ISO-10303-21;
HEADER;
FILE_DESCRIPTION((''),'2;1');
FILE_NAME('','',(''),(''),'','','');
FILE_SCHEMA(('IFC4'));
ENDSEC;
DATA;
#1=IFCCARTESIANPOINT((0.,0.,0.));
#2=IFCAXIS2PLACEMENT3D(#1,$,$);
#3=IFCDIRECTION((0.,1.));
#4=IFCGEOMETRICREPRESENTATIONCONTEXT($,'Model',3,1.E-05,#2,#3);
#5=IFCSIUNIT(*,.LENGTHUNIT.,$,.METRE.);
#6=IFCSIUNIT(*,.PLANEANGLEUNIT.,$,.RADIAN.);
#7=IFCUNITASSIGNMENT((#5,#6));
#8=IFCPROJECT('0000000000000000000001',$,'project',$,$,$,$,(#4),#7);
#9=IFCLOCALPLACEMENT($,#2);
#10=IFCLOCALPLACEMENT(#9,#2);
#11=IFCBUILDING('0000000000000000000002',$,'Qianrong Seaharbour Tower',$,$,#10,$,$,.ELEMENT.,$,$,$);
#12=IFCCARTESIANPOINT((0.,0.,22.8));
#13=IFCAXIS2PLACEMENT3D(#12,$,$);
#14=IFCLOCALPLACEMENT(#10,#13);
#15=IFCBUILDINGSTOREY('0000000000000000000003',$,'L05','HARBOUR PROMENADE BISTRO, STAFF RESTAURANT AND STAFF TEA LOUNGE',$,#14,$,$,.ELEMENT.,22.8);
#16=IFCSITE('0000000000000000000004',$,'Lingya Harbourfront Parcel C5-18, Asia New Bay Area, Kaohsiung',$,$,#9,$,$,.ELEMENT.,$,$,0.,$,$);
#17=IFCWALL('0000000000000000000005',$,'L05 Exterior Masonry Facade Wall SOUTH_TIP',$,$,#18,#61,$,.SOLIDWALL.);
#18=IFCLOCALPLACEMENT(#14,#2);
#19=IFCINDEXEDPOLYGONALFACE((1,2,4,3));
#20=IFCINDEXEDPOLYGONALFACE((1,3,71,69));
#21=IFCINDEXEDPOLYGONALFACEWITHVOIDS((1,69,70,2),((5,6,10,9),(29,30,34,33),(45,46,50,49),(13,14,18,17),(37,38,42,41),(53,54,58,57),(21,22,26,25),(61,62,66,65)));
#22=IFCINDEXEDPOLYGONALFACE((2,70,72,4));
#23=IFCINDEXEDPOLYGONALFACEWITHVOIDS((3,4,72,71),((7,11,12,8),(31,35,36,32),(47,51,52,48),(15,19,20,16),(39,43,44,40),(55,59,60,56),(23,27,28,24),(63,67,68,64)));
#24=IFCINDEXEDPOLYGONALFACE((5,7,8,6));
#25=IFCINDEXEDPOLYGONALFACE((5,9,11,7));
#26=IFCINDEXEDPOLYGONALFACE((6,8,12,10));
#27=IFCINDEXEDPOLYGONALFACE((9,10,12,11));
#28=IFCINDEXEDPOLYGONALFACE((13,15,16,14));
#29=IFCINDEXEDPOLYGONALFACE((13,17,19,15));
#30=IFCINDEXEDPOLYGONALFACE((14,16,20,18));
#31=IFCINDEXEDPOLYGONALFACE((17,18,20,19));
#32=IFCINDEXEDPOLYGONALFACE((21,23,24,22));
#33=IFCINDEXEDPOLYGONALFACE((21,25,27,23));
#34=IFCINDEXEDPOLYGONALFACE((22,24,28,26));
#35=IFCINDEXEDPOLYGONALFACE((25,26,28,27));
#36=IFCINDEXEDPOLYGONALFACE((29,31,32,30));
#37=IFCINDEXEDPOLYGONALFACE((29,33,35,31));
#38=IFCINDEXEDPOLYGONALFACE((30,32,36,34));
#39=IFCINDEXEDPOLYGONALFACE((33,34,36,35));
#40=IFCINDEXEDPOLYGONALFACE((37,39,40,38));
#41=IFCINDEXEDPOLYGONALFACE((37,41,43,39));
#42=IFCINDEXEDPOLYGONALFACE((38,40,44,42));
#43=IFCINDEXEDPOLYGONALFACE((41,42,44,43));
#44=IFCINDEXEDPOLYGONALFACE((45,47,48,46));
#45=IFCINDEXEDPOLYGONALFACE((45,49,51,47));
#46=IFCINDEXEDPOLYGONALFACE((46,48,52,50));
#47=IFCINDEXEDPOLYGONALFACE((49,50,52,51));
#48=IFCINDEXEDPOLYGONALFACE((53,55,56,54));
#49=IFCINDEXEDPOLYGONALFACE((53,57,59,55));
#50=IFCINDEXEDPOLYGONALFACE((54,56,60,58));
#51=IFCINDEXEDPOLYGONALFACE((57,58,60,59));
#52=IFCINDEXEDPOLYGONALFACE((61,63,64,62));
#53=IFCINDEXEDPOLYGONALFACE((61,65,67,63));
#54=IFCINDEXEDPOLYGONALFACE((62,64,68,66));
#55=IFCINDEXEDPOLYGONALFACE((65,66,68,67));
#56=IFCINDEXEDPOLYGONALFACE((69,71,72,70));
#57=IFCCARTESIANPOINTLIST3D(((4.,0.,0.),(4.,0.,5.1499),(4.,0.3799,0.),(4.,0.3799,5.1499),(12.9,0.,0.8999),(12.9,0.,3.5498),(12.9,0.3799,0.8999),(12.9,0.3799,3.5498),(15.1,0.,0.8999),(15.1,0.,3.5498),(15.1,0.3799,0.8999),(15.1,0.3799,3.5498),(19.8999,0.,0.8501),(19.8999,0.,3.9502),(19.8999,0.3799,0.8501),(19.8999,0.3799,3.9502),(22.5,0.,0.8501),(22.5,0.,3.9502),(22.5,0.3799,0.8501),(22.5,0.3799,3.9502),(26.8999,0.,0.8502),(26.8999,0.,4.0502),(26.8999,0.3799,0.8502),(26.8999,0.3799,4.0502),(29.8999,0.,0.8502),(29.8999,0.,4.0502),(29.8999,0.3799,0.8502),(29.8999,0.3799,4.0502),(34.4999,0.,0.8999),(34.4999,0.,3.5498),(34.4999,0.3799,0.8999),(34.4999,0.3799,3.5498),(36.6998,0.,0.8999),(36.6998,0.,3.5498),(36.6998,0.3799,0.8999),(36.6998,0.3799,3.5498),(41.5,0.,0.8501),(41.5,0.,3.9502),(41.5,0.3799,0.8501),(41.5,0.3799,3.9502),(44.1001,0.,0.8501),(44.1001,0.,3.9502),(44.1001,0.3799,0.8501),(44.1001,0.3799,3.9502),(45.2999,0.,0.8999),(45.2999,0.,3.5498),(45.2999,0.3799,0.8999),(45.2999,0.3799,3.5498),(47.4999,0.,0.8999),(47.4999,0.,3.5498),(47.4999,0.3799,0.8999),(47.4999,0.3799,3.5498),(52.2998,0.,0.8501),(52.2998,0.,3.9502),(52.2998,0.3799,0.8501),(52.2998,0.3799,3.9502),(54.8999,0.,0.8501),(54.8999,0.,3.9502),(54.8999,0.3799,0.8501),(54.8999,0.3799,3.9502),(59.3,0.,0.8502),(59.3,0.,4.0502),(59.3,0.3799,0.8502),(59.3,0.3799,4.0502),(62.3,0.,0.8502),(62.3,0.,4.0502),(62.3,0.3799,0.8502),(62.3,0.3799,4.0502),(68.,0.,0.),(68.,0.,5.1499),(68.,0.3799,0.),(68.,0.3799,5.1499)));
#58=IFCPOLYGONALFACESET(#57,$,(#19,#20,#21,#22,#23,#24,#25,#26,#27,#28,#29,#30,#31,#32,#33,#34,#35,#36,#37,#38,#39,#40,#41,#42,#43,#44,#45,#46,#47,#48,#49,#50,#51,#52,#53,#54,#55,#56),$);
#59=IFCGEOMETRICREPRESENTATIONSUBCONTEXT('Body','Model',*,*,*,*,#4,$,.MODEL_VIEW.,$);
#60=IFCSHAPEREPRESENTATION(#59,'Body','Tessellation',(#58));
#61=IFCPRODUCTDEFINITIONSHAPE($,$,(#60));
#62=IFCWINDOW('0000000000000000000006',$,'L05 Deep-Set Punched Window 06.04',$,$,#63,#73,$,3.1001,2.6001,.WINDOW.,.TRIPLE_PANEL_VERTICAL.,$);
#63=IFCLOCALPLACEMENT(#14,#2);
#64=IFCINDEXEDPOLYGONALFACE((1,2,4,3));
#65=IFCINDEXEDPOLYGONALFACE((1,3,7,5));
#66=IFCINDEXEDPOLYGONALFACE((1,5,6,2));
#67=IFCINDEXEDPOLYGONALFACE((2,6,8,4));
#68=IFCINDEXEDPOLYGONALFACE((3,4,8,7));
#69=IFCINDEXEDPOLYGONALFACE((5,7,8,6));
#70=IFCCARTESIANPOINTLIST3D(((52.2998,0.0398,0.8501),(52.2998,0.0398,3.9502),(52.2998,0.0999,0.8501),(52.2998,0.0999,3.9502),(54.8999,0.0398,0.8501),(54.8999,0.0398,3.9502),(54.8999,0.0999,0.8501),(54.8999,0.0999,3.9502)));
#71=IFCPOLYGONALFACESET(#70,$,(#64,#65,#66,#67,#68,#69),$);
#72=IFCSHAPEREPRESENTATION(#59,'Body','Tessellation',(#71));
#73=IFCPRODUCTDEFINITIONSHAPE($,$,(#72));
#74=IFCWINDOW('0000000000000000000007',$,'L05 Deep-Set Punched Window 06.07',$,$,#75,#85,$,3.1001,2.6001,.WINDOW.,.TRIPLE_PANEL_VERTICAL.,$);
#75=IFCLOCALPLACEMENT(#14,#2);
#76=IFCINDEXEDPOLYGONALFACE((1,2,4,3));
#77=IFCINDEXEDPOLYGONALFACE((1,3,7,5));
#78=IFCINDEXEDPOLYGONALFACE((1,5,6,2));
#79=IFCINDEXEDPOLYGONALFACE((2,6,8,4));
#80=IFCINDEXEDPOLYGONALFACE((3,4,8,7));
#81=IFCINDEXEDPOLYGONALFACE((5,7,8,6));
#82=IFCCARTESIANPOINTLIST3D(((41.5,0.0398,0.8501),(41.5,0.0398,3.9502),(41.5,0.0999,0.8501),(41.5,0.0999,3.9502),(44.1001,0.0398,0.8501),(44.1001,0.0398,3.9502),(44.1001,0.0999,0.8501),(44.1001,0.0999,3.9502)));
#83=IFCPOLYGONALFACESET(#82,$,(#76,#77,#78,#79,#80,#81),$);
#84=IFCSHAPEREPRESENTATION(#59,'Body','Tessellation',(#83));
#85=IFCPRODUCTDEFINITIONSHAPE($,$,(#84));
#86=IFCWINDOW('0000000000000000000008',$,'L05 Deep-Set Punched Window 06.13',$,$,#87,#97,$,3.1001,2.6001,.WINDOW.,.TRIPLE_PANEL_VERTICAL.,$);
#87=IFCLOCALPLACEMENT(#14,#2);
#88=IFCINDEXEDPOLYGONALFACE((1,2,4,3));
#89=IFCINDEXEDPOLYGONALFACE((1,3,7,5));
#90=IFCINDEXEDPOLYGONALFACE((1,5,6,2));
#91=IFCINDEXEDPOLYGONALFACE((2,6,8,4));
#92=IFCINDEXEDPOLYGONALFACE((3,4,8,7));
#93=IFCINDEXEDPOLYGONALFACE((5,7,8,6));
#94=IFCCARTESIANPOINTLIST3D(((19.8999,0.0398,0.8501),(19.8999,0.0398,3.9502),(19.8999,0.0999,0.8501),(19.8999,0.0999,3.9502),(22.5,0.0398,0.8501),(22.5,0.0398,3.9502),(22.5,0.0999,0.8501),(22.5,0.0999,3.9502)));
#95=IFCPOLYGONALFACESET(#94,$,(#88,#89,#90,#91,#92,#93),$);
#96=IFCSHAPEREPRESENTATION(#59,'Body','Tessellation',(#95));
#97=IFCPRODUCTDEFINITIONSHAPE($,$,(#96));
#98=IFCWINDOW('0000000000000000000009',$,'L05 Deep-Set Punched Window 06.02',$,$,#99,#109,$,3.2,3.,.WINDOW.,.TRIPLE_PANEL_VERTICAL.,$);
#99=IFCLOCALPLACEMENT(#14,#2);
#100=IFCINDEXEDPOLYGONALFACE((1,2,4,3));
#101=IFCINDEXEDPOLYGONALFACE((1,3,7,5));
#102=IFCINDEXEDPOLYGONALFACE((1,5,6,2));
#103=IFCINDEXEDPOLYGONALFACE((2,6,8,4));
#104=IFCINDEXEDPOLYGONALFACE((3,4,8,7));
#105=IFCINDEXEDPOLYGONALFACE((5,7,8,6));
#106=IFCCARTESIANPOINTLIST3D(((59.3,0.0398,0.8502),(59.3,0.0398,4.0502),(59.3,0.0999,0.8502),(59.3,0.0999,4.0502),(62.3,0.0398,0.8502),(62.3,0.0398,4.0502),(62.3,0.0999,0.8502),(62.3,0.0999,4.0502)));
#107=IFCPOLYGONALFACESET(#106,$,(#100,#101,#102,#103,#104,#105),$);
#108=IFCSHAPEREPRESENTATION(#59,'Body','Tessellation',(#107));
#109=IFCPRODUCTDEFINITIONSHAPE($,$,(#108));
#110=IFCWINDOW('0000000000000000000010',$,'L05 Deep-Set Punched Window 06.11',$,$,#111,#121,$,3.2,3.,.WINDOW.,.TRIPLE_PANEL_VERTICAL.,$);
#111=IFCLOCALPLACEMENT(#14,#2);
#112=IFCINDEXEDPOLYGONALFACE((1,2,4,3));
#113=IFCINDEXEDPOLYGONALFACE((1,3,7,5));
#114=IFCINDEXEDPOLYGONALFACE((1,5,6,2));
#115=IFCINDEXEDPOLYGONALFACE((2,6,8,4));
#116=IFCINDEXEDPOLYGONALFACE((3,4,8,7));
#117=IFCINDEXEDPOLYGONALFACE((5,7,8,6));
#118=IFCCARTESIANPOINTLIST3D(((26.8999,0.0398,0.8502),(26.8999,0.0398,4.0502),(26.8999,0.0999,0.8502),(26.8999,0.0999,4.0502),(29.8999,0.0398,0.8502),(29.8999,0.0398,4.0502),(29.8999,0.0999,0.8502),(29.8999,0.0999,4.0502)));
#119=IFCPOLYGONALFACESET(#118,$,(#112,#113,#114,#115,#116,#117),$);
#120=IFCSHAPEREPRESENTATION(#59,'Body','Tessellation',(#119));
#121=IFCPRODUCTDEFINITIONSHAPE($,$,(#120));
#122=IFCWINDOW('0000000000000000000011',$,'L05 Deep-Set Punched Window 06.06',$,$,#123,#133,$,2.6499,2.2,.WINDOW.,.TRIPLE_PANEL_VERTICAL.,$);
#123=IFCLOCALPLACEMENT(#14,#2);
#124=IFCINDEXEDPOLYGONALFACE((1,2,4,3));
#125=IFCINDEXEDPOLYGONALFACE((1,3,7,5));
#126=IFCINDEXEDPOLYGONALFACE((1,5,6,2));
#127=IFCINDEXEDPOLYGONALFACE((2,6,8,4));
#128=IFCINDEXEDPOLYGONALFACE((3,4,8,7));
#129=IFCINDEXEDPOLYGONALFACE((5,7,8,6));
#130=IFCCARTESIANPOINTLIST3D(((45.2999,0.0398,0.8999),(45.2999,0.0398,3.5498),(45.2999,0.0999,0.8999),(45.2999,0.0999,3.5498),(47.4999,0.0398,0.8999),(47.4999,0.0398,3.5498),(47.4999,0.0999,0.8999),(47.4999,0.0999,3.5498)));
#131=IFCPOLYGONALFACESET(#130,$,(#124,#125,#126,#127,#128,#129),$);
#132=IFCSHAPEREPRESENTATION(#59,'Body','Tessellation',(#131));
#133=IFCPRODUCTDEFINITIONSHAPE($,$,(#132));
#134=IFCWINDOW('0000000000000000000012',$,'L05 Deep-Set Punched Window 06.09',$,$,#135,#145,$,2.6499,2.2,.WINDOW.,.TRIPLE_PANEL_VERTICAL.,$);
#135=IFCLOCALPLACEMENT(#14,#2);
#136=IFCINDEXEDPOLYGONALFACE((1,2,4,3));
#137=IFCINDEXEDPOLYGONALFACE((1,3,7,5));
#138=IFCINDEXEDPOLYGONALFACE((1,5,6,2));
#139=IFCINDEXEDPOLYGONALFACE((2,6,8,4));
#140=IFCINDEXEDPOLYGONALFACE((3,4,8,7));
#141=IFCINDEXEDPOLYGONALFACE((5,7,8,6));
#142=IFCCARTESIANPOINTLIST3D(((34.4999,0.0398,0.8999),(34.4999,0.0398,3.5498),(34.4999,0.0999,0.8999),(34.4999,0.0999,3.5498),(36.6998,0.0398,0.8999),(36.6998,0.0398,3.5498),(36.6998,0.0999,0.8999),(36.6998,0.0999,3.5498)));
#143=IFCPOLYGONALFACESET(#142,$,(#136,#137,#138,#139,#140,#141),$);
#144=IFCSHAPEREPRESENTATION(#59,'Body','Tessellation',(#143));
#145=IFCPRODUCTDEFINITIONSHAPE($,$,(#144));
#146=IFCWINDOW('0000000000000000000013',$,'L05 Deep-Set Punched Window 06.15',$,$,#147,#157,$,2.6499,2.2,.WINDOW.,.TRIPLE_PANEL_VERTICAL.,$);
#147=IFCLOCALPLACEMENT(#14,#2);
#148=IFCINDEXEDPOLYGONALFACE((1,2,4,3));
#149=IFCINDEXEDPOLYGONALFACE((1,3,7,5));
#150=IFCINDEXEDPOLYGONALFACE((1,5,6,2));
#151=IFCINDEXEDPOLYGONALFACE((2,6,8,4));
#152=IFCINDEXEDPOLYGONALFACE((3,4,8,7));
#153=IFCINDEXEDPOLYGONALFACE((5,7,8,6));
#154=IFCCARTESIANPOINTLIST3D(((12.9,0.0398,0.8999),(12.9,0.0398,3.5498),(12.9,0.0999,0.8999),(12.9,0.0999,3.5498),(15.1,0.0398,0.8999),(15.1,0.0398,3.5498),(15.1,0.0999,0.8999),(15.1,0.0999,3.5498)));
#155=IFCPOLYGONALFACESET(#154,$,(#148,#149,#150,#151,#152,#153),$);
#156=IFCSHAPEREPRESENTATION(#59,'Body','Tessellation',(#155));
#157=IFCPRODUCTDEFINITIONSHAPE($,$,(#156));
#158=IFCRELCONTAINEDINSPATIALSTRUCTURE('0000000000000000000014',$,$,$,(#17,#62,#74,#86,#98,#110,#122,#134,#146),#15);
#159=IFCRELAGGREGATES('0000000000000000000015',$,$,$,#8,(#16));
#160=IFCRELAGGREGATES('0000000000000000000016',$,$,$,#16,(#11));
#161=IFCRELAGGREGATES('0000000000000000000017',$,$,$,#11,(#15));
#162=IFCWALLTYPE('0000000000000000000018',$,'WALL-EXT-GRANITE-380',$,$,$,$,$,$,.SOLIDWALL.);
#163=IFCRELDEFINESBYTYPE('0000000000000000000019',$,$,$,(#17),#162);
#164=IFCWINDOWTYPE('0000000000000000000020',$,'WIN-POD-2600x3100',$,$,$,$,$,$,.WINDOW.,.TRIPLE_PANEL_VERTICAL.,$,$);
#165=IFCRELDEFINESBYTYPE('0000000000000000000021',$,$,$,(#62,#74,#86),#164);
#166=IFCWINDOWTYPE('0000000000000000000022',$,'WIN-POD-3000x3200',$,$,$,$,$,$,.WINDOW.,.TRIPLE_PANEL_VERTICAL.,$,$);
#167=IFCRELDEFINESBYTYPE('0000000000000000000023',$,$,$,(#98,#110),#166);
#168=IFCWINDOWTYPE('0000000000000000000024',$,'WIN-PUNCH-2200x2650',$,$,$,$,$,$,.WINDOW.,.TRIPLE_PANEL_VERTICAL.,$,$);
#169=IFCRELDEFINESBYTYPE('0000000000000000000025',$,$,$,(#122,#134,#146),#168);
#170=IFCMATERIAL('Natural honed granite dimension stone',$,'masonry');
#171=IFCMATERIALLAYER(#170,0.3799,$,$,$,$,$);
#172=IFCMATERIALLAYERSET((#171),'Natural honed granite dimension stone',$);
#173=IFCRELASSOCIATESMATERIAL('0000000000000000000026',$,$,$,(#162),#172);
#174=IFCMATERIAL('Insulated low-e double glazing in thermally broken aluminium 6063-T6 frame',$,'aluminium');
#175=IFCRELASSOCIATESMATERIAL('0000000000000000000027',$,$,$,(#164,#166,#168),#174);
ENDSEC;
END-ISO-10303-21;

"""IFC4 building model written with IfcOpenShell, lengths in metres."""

from ifc_helpers import new_model, si_unit, direction, frame, frame_2d, origin, place, context, subcontext, project, spatial, rectangle, extrude, material, layer, layer_set, type_object, element, fill, save


model = new_model("IFC4")

# Units and contexts
model_context = context("Model", 3, precision=1e-05, world=origin(), true_north=direction((0.0, 1.0)))
body_context = subcontext(model_context, "Body", "Model", "MODEL_VIEW")
ifc_project = project(units=[si_unit("LENGTHUNIT", "METRE"), si_unit("PLANEANGLEUNIT", "RADIAN")], contexts=[model_context])

# Site, building, storey
site_placement = place(None, origin())
site = spatial("IfcSite", under=ifc_project, at=site_placement, Name="Lingya Harbourfront Parcel C5-18, Asia New Bay Area, Kaohsiung", CompositionType="ELEMENT", RefElevation=0.0)
building_placement = place(site_placement, origin())
building = spatial("IfcBuilding", under=site, at=building_placement, Name="Qianrong Seaharbour Tower", CompositionType="ELEMENT")
storey_placement = place(building_placement, frame((0.0, 0.0, 22.8)))
storey = spatial("IfcBuildingStorey", under=building, at=storey_placement, Name="L05", Description="HARBOUR PROMENADE BISTRO, STAFF RESTAURANT AND STAFF TEA LOUNGE", CompositionType="ELEMENT", Elevation=22.8)

# Shared definitions
ifc_material_1 = material(Name="Natural honed granite dimension stone", Category="masonry")
ifc_layer = layer(ifc_material_1, 0.3799)
ifc_layer_set = layer_set([ifc_layer], Name="Natural honed granite dimension stone")
wall_type = type_object("IfcWallType", Name="WALL-EXT-GRANITE-380", PredefinedType="SOLIDWALL", material=ifc_layer_set)

# Wall, openings, windows
wall_1_placement = place(storey_placement, frame((68.0, 0.1899, 0.0), z_axis=(0.0, 0.0, 1.0), x_axis=(-1.0, 0.0, 0.0)))
wall_1 = element("IfcWall", 1, at=wall_1_placement, inside=storey, type_object=wall_type, Name="L05 Exterior Masonry Facade Wall SOUTH_TIP", PredefinedType="SOLIDWALL", context=body_context, shape_type="SweptSolid", body=[
    extrude(rectangle(XDim=64.0, YDim=0.3799, at=frame_2d((32.0, 0.0))), origin(), (0.0, 0.0, 1.0), 5.1499),
])
opening_1_placement = place(wall_1_placement, frame((5.7, 0.0, 0.8501)))
opening_1 = element("IfcOpeningElement", 2, at=opening_1_placement, cuts=wall_1, PredefinedType="OPENING", context=body_context, shape_type="SweptSolid", body=[
    extrude(rectangle(XDim=3.0, YDim=3.2, at=frame_2d((1.5, 1.6001))), frame((0.0, 0.2, 0.0), z_axis=(0.0, -1.0, 0.0), x_axis=(1.0, 0.0, 0.0)), (0.0, 0.0, 1.0), 0.3999),
])
opening_2_placement = place(wall_1_placement, frame((13.1001, 0.0, 0.8501)))
opening_2 = element("IfcOpeningElement", 3, at=opening_2_placement, cuts=wall_1, PredefinedType="OPENING", context=body_context, shape_type="SweptSolid", body=[
    extrude(rectangle(XDim=2.6001, YDim=3.1001, at=frame_2d((1.3, 1.55))), frame((0.0, 0.2, 0.0), z_axis=(0.0, -1.0, 0.0), x_axis=(1.0, 0.0, 0.0)), (0.0, 0.0, 1.0), 0.3999),
])
opening_3_placement = place(wall_1_placement, frame((20.5, 0.0, 0.8999)))
opening_3 = element("IfcOpeningElement", 4, at=opening_3_placement, cuts=wall_1, PredefinedType="OPENING", context=body_context, shape_type="SweptSolid", body=[
    extrude(rectangle(XDim=2.2, YDim=2.6499, at=frame_2d((1.1001, 1.325))), frame((0.0, 0.2, 0.0), z_axis=(0.0, -1.0, 0.0), x_axis=(1.0, 0.0, 0.0)), (0.0, 0.0, 1.0), 0.3999),
])
opening_4_placement = place(wall_1_placement, frame((23.8999, 0.0, 0.8501)))
opening_4 = element("IfcOpeningElement", 5, at=opening_4_placement, cuts=wall_1, PredefinedType="OPENING", context=body_context, shape_type="SweptSolid", body=[
    extrude(rectangle(XDim=2.6001, YDim=3.1001, at=frame_2d((1.3, 1.55))), frame((0.0, 0.2, 0.0), z_axis=(0.0, -1.0, 0.0), x_axis=(1.0, 0.0, 0.0)), (0.0, 0.0, 1.0), 0.3999),
])
opening_5_placement = place(wall_1_placement, frame((31.3, 0.0, 0.8999)))
opening_5 = element("IfcOpeningElement", 6, at=opening_5_placement, cuts=wall_1, PredefinedType="OPENING", context=body_context, shape_type="SweptSolid", body=[
    extrude(rectangle(XDim=2.2, YDim=2.6499, at=frame_2d((1.1001, 1.325))), frame((0.0, 0.2, 0.0), z_axis=(0.0, -1.0, 0.0), x_axis=(1.0, 0.0, 0.0)), (0.0, 0.0, 1.0), 0.3999),
])
opening_6_placement = place(wall_1_placement, frame((38.1001, 0.0, 0.8501)))
opening_6 = element("IfcOpeningElement", 7, at=opening_6_placement, cuts=wall_1, PredefinedType="OPENING", context=body_context, shape_type="SweptSolid", body=[
    extrude(rectangle(XDim=3.0, YDim=3.2, at=frame_2d((1.5, 1.6001))), frame((0.0, 0.2, 0.0), z_axis=(0.0, -1.0, 0.0), x_axis=(1.0, 0.0, 0.0)), (0.0, 0.0, 1.0), 0.3999),
])
opening_7_placement = place(wall_1_placement, frame((45.5, 0.0, 0.8501)))
opening_7 = element("IfcOpeningElement", 8, at=opening_7_placement, cuts=wall_1, PredefinedType="OPENING", context=body_context, shape_type="SweptSolid", body=[
    extrude(rectangle(XDim=2.6001, YDim=3.1001, at=frame_2d((1.3, 1.55))), frame((0.0, 0.2, 0.0), z_axis=(0.0, -1.0, 0.0), x_axis=(1.0, 0.0, 0.0)), (0.0, 0.0, 1.0), 0.3999),
])
opening_8_placement = place(wall_1_placement, frame((52.8999, 0.0, 0.8999)))
opening_8 = element("IfcOpeningElement", 9, at=opening_8_placement, cuts=wall_1, PredefinedType="OPENING", context=body_context, shape_type="SweptSolid", body=[
    extrude(rectangle(XDim=2.2, YDim=2.6499, at=frame_2d((1.1001, 1.325))), frame((0.0, 0.2, 0.0), z_axis=(0.0, -1.0, 0.0), x_axis=(1.0, 0.0, 0.0)), (0.0, 0.0, 1.0), 0.3999),
])
ifc_material_2 = material(Name="Insulated low-e double glazing in thermally broken aluminium 6063-T6 frame", Category="aluminium")
window_type_1 = type_object("IfcWindowType", Name="WIN-POD-2600x3100", PartitioningType="TRIPLE_PANEL_VERTICAL", PredefinedType="WINDOW", material=ifc_material_2)
window_1_placement = place(opening_2_placement, origin())
window_1 = element("IfcWindow", 10, at=window_1_placement, inside=storey, type_object=window_type_1, Name="L05 Deep-Set Punched Window 06.04", OverallHeight=3.1001, OverallWidth=2.6001, PartitioningType="TRIPLE_PANEL_VERTICAL", PredefinedType="WINDOW", context=body_context, shape_type="SweptSolid", body=[
    extrude(rectangle(XDim=2.6001, YDim=3.1001, at=frame_2d((1.3, 1.55))), frame((0.0, 0.1501, 0.0), z_axis=(0.0, -1.0, 0.0), x_axis=(1.0, 0.0, 0.0)), (0.0, 0.0, 1.0), 0.0601),
])
fill(opening_2, window_1)
window_2_placement = place(opening_4_placement, origin())
window_2 = element("IfcWindow", 11, at=window_2_placement, inside=storey, type_object=window_type_1, Name="L05 Deep-Set Punched Window 06.07", OverallHeight=3.1001, OverallWidth=2.6001, PartitioningType="TRIPLE_PANEL_VERTICAL", PredefinedType="WINDOW", context=body_context, shape_type="SweptSolid", body=[
    extrude(rectangle(XDim=2.6001, YDim=3.1001, at=frame_2d((1.3, 1.55))), frame((0.0, 0.1501, 0.0), z_axis=(0.0, -1.0, 0.0), x_axis=(1.0, 0.0, 0.0)), (0.0, 0.0, 1.0), 0.0601),
])
fill(opening_4, window_2)
window_3_placement = place(opening_7_placement, origin())
window_3 = element("IfcWindow", 12, at=window_3_placement, inside=storey, type_object=window_type_1, Name="L05 Deep-Set Punched Window 06.13", OverallHeight=3.1001, OverallWidth=2.6001, PartitioningType="TRIPLE_PANEL_VERTICAL", PredefinedType="WINDOW", context=body_context, shape_type="SweptSolid", body=[
    extrude(rectangle(XDim=2.6001, YDim=3.1001, at=frame_2d((1.3, 1.55))), frame((0.0, 0.1501, 0.0), z_axis=(0.0, -1.0, 0.0), x_axis=(1.0, 0.0, 0.0)), (0.0, 0.0, 1.0), 0.0601),
])
fill(opening_7, window_3)
window_type_2 = type_object("IfcWindowType", Name="WIN-POD-3000x3200", PartitioningType="TRIPLE_PANEL_VERTICAL", PredefinedType="WINDOW", material=ifc_material_2)
window_4_placement = place(opening_1_placement, origin())
window_4 = element("IfcWindow", 13, at=window_4_placement, inside=storey, type_object=window_type_2, Name="L05 Deep-Set Punched Window 06.02", OverallHeight=3.2, OverallWidth=3.0, PartitioningType="TRIPLE_PANEL_VERTICAL", PredefinedType="WINDOW", context=body_context, shape_type="SweptSolid", body=[
    extrude(rectangle(XDim=3.0, YDim=3.2, at=frame_2d((1.5, 1.6001))), frame((0.0, 0.1501, 0.0), z_axis=(0.0, -1.0, 0.0), x_axis=(1.0, 0.0, 0.0)), (0.0, 0.0, 1.0), 0.0601),
])
fill(opening_1, window_4)
window_5_placement = place(opening_6_placement, origin())
window_5 = element("IfcWindow", 14, at=window_5_placement, inside=storey, type_object=window_type_2, Name="L05 Deep-Set Punched Window 06.11", OverallHeight=3.2, OverallWidth=3.0, PartitioningType="TRIPLE_PANEL_VERTICAL", PredefinedType="WINDOW", context=body_context, shape_type="SweptSolid", body=[
    extrude(rectangle(XDim=3.0, YDim=3.2, at=frame_2d((1.5, 1.6001))), frame((0.0, 0.1501, 0.0), z_axis=(0.0, -1.0, 0.0), x_axis=(1.0, 0.0, 0.0)), (0.0, 0.0, 1.0), 0.0601),
])
fill(opening_6, window_5)
window_type_3 = type_object("IfcWindowType", Name="WIN-PUNCH-2200x2650", PartitioningType="TRIPLE_PANEL_VERTICAL", PredefinedType="WINDOW", material=ifc_material_2)
window_6_placement = place(opening_3_placement, origin())
window_6 = element("IfcWindow", 15, at=window_6_placement, inside=storey, type_object=window_type_3, Name="L05 Deep-Set Punched Window 06.06", OverallHeight=2.6499, OverallWidth=2.2, PartitioningType="TRIPLE_PANEL_VERTICAL", PredefinedType="WINDOW", context=body_context, shape_type="SweptSolid", body=[
    extrude(rectangle(XDim=2.2, YDim=2.6499, at=frame_2d((1.1001, 1.325))), frame((0.0, 0.1501, 0.0), z_axis=(0.0, -1.0, 0.0), x_axis=(1.0, 0.0, 0.0)), (0.0, 0.0, 1.0), 0.0601),
])
fill(opening_3, window_6)
window_7_placement = place(opening_5_placement, origin())
window_7 = element("IfcWindow", 16, at=window_7_placement, inside=storey, type_object=window_type_3, Name="L05 Deep-Set Punched Window 06.09", OverallHeight=2.6499, OverallWidth=2.2, PartitioningType="TRIPLE_PANEL_VERTICAL", PredefinedType="WINDOW", context=body_context, shape_type="SweptSolid", body=[
    extrude(rectangle(XDim=2.2, YDim=2.6499, at=frame_2d((1.1001, 1.325))), frame((0.0, 0.1501, 0.0), z_axis=(0.0, -1.0, 0.0), x_axis=(1.0, 0.0, 0.0)), (0.0, 0.0, 1.0), 0.0601),
])
fill(opening_5, window_7)
window_8_placement = place(opening_8_placement, origin())
window_8 = element("IfcWindow", 17, at=window_8_placement, inside=storey, type_object=window_type_3, Name="L05 Deep-Set Punched Window 06.15", OverallHeight=2.6499, OverallWidth=2.2, PartitioningType="TRIPLE_PANEL_VERTICAL", PredefinedType="WINDOW", context=body_context, shape_type="SweptSolid", body=[
    extrude(rectangle(XDim=2.2, YDim=2.6499, at=frame_2d((1.1001, 1.325))), frame((0.0, 0.1501, 0.0), z_axis=(0.0, -1.0, 0.0), x_axis=(1.0, 0.0, 0.0)), (0.0, 0.0, 1.0), 0.0601),
])
fill(opening_8, window_8)

save(model, "model.ifc")
